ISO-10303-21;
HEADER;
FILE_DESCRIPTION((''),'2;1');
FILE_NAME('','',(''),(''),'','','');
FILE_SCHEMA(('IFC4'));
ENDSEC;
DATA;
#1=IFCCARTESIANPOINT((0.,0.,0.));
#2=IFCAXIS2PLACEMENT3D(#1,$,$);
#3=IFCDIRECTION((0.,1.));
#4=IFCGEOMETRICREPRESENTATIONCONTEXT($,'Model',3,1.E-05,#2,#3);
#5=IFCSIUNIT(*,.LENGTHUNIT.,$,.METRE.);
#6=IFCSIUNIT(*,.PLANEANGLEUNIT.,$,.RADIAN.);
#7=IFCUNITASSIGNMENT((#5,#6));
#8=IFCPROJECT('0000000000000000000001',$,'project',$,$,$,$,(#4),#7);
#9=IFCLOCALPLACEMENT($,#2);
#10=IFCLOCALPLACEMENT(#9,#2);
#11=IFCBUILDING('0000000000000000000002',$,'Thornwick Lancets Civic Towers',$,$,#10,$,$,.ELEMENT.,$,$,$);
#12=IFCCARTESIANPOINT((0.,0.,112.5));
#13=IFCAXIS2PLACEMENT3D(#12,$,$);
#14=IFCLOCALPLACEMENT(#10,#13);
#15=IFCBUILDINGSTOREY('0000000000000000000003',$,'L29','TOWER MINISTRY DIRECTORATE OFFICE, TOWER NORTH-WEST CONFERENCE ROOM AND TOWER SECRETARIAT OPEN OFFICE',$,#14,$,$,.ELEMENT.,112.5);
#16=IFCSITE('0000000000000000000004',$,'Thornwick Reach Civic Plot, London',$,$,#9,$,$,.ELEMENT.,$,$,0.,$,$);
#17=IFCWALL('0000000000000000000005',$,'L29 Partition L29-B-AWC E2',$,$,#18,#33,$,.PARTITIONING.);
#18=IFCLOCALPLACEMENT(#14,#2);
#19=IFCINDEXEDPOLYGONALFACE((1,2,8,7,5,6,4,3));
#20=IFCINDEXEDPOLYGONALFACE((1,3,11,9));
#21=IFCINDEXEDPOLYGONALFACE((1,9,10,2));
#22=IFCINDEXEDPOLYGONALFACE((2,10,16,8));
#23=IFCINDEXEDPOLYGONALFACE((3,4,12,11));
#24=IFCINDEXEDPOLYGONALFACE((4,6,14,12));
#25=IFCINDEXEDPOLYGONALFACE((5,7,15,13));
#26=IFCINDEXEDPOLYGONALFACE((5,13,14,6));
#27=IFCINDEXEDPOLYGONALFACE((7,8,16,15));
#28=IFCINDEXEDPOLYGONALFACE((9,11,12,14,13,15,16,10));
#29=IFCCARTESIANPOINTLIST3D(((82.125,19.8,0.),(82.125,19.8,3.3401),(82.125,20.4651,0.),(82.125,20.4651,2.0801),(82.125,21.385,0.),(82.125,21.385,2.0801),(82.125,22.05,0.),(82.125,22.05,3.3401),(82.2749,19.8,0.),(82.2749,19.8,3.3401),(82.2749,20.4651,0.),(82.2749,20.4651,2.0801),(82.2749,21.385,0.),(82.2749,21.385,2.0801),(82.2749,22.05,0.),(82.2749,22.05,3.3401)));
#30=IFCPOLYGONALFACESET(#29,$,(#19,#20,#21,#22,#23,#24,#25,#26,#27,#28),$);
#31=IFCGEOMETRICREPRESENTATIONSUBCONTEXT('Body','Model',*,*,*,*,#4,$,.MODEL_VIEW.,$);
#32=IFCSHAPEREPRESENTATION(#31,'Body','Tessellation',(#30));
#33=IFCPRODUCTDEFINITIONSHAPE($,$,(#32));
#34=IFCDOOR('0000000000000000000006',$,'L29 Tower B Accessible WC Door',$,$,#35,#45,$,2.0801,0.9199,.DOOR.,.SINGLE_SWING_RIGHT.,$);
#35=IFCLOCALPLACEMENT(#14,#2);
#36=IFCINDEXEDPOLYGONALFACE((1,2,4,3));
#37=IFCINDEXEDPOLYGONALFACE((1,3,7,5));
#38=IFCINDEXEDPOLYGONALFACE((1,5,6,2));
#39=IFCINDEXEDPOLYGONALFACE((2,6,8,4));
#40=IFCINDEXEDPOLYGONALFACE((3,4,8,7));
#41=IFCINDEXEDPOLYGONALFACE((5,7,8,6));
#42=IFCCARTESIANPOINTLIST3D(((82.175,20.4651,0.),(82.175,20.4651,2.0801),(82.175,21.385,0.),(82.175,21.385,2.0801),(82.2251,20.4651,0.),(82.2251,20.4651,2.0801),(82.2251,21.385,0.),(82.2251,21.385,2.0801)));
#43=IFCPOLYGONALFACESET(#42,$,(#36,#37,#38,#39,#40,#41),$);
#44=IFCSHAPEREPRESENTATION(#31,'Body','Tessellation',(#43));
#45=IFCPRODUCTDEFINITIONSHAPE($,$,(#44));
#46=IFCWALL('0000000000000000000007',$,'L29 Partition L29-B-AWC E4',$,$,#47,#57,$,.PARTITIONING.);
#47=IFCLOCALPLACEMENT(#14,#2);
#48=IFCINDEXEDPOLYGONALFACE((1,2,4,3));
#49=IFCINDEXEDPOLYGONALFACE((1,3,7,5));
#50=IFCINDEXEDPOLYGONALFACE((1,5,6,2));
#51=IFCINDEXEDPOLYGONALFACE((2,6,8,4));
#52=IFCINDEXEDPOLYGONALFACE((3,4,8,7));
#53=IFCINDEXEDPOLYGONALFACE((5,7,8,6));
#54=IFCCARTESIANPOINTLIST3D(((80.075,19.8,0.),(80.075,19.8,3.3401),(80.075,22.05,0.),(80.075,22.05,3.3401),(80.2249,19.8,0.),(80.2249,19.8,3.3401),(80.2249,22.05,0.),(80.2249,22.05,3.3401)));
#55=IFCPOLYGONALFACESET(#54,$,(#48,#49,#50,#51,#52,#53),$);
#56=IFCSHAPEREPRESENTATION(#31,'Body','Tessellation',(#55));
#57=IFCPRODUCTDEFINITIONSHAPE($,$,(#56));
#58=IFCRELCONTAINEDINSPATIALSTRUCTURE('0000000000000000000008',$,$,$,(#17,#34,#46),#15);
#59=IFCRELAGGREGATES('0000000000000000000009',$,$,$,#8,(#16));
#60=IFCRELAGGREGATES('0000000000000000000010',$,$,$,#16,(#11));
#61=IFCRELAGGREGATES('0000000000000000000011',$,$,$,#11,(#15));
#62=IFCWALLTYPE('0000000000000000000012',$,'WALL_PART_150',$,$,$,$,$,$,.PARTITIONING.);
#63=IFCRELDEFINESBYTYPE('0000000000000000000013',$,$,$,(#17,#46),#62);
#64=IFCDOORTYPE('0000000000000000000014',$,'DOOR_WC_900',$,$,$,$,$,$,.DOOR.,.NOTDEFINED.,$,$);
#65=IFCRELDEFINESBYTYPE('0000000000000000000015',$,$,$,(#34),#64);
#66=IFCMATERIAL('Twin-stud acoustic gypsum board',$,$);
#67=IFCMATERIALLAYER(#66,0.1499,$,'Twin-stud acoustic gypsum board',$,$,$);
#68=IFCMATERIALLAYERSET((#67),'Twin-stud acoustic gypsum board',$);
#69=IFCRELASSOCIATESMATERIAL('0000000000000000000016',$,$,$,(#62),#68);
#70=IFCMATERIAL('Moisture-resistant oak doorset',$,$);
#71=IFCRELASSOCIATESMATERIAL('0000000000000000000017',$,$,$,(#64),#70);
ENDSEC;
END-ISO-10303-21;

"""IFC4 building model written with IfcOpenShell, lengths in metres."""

from ifc_helpers import new_model, si_unit, direction, frame, frame_2d, origin, place, context, subcontext, project, spatial, rectangle, extrude, material, layer, layer_set, type_object, element, fill, save


model = new_model("IFC4")

# Units and contexts
model_context = context("Model", 3, precision=1e-05, world=origin(), true_north=direction((0.0, 1.0)))
body_context = subcontext(model_context, "Body", "Model", "MODEL_VIEW")
ifc_project = project(units=[si_unit("LENGTHUNIT", "METRE"), si_unit("PLANEANGLEUNIT", "RADIAN")], contexts=[model_context])

# Site, building, storey
site_placement = place(None, origin())
site = spatial("IfcSite", under=ifc_project, at=site_placement, Name="Thornwick Reach Civic Plot, London", CompositionType="ELEMENT", RefElevation=0.0)
building_placement = place(site_placement, origin())
building = spatial("IfcBuilding", under=site, at=building_placement, Name="Thornwick Lancets Civic Towers", CompositionType="ELEMENT")
storey_placement = place(building_placement, frame((0.0, 0.0, 112.5)))
storey = spatial("IfcBuildingStorey", under=building, at=storey_placement, Name="L29", Description="TOWER MINISTRY DIRECTORATE OFFICE, TOWER NORTH-WEST CONFERENCE ROOM AND TOWER SECRETARIAT OPEN OFFICE", CompositionType="ELEMENT", Elevation=112.5)

# Wall, opening, door
ifc_material_1 = material(Name="Twin-stud acoustic gypsum board")
ifc_layer_1 = layer(ifc_material_1, 0.1499, Name="Twin-stud acoustic gypsum board")
ifc_layer_set_1 = layer_set([ifc_layer_1], Name="Twin-stud acoustic gypsum board")
wall_type_1 = type_object("IfcWallType", Name="WALL_PART_150", PredefinedType="PARTITIONING", material=ifc_layer_set_1)
wall_1_placement = place(storey_placement, frame((82.2, 19.8, 0.0), z_axis=(0.0, 0.0, 1.0), x_axis=(0.0, 1.0, 0.0)))
wall_1 = element("IfcWall", 1, at=wall_1_placement, inside=storey, type_object=wall_type_1, Name="L29 Partition L29-B-AWC E2", PredefinedType="PARTITIONING", context=body_context, shape_type="SweptSolid", body=[
    extrude(rectangle(XDim=2.25, YDim=0.1499, at=frame_2d((1.125, 0.0))), origin(), (0.0, 0.0, 1.0), 3.3401),
])
opening_1_placement = place(wall_1_placement, frame((0.665, 0.0, 0.0)))
opening_1 = element("IfcOpeningElement", 2, at=opening_1_placement, cuts=wall_1, PredefinedType="OPENING", context=body_context, shape_type="SweptSolid", body=[
    extrude(rectangle(XDim=0.9199, YDim=2.0801, at=frame_2d((0.46, 1.04))), frame((0.0, 0.085, 0.0), z_axis=(0.0, -1.0, 0.0), x_axis=(1.0, 0.0, 0.0)), (0.0, 0.0, 1.0), 0.1699),
])
ifc_material_2 = material(Name="Moisture-resistant oak doorset")
door_type_1 = type_object("IfcDoorType", Name="DOOR_WC_900", OperationType="NOTDEFINED", PredefinedType="DOOR", material=ifc_material_2)
door_1_placement = place(opening_1_placement, origin())
door_1 = element("IfcDoor", 3, at=door_1_placement, inside=storey, type_object=door_type_1, Name="L29 Tower B Accessible WC Door", OperationType="SINGLE_SWING_RIGHT", OverallHeight=2.0801, OverallWidth=0.9199, PredefinedType="DOOR", context=body_context, shape_type="SweptSolid", body=[
    extrude(rectangle(XDim=0.9199, YDim=2.0801, at=frame_2d((0.46, 1.04))), frame((0.0, 0.0249, 0.0), z_axis=(0.0, -1.0, 0.0), x_axis=(1.0, 0.0, 0.0)), (0.0, 0.0, 1.0), 0.05),
])
fill(opening_1, door_1)

# Wall
wall_2_placement = place(storey_placement, frame((80.1499, 22.05, 0.0), z_axis=(0.0, 0.0, 1.0), x_axis=(0.0, -1.0, 0.0)))
element("IfcWall", 4, at=wall_2_placement, inside=storey, type_object=wall_type_1, Name="L29 Partition L29-B-AWC E4", PredefinedType="PARTITIONING", context=body_context, shape_type="SweptSolid", body=[
    extrude(rectangle(XDim=2.25, YDim=0.1499, at=frame_2d((1.125, 0.0))), origin(), (0.0, 0.0, 1.0), 3.3401),
])

save(model, "model.ifc")
